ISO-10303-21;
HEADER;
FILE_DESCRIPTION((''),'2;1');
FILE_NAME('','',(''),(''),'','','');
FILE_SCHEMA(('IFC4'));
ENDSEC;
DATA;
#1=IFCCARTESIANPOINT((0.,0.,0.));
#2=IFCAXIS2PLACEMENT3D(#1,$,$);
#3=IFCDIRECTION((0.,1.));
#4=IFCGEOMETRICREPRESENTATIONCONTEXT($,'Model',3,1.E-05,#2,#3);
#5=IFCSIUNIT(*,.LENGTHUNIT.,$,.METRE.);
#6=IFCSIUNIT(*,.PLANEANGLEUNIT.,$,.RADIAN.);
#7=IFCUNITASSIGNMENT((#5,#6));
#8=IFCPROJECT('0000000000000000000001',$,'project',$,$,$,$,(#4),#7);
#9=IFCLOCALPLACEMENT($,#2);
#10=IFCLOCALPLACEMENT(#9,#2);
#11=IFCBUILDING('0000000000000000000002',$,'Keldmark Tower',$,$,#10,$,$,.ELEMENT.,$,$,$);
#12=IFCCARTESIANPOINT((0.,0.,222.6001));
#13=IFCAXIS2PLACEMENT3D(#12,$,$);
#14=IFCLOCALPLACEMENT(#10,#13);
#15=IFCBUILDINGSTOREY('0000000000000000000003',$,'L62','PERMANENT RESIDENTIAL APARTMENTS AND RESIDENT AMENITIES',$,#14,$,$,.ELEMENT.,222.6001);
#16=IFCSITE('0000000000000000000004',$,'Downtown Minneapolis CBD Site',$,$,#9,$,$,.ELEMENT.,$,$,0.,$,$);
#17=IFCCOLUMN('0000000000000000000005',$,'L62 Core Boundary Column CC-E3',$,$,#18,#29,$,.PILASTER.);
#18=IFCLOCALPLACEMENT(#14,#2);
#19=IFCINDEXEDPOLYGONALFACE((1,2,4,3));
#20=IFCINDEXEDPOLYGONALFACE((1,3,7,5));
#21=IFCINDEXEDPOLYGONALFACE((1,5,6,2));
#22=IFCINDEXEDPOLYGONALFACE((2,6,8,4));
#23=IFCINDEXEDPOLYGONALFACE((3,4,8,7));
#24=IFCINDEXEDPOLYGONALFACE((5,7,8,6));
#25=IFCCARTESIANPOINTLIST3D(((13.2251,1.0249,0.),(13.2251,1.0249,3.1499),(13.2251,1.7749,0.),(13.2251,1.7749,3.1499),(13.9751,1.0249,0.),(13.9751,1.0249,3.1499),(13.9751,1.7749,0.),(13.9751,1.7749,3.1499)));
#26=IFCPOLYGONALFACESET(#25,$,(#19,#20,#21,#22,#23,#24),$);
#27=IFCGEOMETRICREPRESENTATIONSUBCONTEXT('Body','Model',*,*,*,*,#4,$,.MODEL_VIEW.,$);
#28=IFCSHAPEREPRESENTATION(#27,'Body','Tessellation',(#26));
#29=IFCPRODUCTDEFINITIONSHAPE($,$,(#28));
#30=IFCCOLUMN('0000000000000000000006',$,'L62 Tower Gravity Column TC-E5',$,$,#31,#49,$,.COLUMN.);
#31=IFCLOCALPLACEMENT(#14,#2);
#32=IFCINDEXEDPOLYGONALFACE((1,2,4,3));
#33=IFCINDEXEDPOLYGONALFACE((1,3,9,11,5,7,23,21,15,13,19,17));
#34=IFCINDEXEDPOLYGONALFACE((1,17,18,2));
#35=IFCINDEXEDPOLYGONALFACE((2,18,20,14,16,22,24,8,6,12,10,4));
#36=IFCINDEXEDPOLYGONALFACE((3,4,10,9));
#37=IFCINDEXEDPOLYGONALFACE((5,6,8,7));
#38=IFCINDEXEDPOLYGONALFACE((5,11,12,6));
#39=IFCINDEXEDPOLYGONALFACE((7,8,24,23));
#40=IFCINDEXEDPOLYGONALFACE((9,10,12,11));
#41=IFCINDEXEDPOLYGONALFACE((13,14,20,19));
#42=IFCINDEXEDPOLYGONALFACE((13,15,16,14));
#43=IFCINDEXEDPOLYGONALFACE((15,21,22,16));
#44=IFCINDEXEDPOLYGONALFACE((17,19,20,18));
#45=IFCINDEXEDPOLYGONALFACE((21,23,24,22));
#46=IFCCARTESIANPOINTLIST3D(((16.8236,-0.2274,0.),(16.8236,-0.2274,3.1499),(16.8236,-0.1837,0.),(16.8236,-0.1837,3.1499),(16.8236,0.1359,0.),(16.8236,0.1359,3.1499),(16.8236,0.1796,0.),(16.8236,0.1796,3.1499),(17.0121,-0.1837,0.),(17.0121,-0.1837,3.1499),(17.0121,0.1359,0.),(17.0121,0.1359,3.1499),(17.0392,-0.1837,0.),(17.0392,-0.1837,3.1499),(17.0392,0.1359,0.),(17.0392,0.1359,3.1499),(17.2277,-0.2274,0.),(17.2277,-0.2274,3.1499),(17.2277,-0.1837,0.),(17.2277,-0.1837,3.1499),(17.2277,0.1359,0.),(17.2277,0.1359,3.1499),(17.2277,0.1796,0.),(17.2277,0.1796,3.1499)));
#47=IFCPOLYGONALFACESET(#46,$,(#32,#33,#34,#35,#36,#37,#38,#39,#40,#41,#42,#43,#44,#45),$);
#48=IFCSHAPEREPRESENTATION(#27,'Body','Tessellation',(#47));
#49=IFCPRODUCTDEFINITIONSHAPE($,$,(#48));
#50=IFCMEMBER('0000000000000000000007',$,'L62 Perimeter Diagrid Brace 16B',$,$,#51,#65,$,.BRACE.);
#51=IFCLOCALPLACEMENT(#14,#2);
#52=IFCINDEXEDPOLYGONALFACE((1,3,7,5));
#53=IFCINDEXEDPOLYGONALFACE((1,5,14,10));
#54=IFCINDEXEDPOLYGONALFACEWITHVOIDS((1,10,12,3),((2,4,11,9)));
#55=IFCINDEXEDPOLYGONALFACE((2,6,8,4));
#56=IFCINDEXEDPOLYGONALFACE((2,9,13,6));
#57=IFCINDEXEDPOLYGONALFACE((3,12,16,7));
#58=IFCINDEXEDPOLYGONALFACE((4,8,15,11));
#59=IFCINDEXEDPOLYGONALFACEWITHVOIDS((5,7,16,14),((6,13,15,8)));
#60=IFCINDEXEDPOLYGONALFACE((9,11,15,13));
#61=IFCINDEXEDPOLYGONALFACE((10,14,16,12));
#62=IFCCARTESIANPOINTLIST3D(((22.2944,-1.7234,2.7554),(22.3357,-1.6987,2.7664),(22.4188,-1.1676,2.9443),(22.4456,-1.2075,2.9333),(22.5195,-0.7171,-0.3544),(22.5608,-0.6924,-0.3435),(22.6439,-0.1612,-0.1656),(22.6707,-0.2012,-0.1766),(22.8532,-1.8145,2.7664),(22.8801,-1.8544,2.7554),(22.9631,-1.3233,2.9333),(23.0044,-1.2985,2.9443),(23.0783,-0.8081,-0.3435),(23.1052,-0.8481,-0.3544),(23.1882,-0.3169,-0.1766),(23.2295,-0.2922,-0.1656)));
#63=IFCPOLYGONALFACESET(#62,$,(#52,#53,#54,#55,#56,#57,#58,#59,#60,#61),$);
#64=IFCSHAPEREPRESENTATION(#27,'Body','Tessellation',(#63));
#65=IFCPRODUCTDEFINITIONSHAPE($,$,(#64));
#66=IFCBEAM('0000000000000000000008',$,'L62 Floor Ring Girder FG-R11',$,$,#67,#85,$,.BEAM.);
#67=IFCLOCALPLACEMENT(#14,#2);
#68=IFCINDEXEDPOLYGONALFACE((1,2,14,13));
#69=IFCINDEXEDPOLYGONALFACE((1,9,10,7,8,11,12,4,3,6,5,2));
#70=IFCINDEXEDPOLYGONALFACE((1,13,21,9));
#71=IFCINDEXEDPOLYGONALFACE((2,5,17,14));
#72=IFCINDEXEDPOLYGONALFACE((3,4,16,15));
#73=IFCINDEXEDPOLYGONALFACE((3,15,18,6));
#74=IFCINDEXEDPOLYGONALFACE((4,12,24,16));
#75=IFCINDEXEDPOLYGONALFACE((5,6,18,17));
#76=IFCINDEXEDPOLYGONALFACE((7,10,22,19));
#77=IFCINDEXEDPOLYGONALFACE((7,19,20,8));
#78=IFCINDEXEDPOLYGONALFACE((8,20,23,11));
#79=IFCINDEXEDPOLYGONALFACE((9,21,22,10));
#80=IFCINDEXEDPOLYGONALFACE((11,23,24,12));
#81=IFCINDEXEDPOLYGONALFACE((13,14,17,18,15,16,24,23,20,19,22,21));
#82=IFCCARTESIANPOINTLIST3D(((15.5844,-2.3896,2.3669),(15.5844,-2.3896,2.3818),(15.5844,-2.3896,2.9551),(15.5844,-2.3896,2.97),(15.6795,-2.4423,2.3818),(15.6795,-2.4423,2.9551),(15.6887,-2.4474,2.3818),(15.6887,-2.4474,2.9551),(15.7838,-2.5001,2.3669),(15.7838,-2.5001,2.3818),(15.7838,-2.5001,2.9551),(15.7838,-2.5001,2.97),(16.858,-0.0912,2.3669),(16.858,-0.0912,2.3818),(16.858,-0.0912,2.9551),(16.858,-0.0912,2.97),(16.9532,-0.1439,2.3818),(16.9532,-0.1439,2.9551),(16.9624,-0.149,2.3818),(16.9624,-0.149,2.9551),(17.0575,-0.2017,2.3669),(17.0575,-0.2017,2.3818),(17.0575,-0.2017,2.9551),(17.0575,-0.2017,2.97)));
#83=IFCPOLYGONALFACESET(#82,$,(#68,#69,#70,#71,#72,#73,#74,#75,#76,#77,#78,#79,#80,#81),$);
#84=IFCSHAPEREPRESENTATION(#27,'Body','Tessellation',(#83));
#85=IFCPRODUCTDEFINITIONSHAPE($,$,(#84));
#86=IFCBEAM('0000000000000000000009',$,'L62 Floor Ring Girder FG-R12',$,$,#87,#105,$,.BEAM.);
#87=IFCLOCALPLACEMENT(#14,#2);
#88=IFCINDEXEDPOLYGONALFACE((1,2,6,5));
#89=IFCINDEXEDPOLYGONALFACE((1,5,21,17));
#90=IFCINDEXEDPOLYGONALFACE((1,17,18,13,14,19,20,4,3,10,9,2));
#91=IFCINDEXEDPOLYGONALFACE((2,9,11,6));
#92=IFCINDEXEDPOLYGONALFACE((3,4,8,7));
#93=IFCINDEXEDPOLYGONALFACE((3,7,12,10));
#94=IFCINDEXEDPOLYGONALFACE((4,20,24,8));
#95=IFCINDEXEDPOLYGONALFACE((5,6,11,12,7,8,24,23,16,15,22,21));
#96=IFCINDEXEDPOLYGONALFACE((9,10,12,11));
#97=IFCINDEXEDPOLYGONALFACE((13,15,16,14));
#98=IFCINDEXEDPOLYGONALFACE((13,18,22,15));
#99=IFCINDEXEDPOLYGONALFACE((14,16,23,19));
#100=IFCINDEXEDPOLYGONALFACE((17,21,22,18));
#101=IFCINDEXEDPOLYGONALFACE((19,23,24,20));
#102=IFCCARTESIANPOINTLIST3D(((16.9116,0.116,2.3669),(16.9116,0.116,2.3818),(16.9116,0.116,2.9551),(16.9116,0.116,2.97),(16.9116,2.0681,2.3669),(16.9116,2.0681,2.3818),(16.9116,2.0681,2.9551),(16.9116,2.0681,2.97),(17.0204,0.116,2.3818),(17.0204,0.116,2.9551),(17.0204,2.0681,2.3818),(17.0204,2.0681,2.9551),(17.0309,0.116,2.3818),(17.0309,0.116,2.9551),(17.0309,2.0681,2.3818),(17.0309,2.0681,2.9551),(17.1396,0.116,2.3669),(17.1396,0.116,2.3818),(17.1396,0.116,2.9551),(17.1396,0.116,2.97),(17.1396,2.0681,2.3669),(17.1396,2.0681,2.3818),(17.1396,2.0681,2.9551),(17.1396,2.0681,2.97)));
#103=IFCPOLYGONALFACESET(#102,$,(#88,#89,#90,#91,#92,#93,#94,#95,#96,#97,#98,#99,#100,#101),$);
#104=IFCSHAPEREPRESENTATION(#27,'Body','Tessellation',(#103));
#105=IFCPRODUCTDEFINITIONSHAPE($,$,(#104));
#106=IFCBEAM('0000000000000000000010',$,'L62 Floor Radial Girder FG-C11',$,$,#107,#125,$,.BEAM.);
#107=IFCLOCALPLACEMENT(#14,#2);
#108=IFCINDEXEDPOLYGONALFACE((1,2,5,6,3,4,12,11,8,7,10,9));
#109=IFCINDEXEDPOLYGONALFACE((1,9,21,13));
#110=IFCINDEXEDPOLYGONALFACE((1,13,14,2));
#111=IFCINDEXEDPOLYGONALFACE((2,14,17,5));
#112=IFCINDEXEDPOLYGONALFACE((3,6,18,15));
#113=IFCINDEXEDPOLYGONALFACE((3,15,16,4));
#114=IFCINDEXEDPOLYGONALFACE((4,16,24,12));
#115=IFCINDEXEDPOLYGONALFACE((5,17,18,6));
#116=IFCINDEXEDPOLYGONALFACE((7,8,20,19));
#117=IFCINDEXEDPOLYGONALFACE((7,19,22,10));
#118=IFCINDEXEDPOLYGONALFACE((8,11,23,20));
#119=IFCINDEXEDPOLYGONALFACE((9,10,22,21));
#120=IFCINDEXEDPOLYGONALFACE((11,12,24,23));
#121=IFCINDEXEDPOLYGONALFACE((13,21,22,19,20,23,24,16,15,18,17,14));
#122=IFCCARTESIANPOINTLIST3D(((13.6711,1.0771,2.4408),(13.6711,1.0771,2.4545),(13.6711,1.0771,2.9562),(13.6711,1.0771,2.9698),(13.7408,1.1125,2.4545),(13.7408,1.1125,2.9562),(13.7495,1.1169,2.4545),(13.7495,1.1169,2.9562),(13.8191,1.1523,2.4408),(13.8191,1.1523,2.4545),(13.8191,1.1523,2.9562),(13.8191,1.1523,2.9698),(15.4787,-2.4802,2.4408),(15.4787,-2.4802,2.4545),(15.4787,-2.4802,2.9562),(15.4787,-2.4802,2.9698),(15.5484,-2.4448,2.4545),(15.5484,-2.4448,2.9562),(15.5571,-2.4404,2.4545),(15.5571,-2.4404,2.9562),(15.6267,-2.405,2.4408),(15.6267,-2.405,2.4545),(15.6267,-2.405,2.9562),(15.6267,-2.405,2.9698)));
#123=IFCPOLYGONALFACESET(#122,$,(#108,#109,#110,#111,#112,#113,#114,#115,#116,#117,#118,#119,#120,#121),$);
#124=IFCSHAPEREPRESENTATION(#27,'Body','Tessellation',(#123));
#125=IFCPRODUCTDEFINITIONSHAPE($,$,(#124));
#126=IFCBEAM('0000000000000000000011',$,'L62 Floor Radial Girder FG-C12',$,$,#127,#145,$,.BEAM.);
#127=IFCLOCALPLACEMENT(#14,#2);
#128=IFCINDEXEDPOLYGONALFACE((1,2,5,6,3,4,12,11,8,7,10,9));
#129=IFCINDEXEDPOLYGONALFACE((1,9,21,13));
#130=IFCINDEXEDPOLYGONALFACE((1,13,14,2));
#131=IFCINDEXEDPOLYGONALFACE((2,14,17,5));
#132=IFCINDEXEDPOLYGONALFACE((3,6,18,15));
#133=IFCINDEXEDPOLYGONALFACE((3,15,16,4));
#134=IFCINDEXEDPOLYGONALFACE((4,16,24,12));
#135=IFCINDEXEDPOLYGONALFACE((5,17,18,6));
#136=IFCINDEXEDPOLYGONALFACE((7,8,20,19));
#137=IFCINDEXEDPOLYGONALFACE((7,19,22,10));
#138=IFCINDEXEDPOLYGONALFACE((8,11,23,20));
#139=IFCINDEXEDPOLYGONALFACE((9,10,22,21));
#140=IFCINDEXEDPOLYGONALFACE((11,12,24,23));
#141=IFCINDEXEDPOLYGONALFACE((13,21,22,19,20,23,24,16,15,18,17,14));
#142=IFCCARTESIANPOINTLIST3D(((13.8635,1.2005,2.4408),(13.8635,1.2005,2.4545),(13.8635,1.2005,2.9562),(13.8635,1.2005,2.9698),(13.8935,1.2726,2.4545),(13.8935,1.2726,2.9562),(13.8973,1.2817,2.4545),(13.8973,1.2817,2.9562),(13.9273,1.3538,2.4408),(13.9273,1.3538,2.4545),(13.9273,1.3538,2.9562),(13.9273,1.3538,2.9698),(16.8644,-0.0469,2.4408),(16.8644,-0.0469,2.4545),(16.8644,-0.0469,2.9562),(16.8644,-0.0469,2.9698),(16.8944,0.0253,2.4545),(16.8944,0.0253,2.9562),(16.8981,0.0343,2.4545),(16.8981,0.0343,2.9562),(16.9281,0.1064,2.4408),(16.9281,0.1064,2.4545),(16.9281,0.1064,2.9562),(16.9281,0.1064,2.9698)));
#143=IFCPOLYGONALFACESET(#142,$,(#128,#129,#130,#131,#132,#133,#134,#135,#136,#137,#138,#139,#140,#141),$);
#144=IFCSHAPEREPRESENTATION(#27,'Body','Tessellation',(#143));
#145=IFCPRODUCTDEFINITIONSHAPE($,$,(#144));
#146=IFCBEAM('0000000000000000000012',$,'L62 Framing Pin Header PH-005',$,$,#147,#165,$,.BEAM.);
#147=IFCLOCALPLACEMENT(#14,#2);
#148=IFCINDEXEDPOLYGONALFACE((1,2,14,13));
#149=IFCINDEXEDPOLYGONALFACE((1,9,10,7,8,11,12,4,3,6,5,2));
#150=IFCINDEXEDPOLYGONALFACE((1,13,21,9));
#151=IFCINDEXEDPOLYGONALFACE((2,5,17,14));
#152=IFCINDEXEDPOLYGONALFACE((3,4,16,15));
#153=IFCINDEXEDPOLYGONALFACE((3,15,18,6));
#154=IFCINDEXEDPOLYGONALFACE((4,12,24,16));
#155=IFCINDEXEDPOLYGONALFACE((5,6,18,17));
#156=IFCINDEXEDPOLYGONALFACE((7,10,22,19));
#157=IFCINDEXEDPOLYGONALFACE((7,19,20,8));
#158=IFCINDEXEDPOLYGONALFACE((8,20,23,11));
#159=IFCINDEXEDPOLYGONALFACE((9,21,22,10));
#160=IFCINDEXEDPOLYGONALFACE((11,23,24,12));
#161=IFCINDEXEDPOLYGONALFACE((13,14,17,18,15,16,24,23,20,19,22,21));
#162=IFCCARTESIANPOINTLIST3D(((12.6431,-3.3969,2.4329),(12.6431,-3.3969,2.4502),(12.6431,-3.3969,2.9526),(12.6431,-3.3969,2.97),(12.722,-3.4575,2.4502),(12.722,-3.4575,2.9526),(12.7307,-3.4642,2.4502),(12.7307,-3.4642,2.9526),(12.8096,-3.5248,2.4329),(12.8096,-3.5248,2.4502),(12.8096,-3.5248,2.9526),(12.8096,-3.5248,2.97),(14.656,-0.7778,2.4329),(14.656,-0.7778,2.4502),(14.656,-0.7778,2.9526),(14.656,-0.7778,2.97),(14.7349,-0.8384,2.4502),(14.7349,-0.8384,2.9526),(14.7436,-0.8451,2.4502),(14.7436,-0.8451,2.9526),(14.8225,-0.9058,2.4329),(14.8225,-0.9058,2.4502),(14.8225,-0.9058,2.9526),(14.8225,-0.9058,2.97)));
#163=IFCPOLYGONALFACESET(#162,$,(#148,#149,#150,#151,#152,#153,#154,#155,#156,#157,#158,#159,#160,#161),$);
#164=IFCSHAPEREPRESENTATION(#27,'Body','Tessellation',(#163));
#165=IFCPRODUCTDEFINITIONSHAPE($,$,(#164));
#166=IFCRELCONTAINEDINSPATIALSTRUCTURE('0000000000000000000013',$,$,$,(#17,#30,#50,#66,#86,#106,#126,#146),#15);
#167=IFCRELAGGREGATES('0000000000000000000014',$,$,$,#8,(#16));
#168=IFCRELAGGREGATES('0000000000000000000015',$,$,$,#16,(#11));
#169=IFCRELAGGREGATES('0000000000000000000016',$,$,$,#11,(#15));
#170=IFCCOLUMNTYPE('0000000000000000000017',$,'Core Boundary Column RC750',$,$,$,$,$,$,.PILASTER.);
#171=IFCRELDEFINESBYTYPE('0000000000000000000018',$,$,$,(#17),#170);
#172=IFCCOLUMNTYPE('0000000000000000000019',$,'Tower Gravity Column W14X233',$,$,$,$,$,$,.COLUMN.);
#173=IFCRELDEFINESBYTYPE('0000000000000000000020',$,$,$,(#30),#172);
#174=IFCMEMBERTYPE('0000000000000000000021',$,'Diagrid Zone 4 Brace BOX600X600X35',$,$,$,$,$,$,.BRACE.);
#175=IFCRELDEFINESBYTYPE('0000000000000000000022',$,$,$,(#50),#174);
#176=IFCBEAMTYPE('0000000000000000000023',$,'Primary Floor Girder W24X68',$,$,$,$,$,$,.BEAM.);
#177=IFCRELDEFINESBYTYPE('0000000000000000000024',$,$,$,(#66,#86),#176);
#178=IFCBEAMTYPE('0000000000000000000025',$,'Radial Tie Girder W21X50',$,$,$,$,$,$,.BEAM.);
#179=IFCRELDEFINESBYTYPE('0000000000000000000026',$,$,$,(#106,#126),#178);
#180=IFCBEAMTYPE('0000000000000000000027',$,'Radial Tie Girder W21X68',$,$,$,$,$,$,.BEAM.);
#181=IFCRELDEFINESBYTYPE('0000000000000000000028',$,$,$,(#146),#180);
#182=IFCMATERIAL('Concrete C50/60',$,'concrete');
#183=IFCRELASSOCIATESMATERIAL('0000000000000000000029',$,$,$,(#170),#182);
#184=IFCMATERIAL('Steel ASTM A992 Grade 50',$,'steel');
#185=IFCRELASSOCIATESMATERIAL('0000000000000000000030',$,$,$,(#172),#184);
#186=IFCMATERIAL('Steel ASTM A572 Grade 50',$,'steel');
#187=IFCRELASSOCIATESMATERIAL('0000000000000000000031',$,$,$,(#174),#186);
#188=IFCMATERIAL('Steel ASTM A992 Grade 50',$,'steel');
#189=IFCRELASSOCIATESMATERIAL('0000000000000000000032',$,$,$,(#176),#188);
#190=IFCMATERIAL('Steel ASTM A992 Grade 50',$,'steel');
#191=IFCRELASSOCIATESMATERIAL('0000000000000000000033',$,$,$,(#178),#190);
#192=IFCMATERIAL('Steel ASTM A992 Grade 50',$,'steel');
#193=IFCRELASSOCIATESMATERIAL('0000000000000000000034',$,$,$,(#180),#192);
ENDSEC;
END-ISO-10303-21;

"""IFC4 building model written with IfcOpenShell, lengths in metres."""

from ifc_helpers import new_model, si_unit, direction, frame, origin, origin_2d, place, context, subcontext, project, spatial, rectangle, hollow_rectangle, i_section, extrude, material, material_profile, profile_set, type_object, element, save


model = new_model("IFC4")

# Units and contexts
model_context = context("Model", 3, precision=1e-05, world=origin(), true_north=direction((0.0, 1.0)))
body_context = subcontext(model_context, "Body", "Model", "MODEL_VIEW")
ifc_project = project(units=[si_unit("LENGTHUNIT", "METRE"), si_unit("PLANEANGLEUNIT", "RADIAN")], contexts=[model_context])

# Site, building, storey
site_placement = place(None, origin())
site = spatial("IfcSite", under=ifc_project, at=site_placement, Name="Downtown Minneapolis CBD Site", CompositionType="ELEMENT", RefElevation=0.0)
building_placement = place(site_placement, origin())
building = spatial("IfcBuilding", under=site, at=building_placement, Name="Keldmark Tower", CompositionType="ELEMENT")
storey_placement = place(building_placement, frame((0.0, 0.0, 222.6001)))
storey = spatial("IfcBuildingStorey", under=building, at=storey_placement, Name="L62", Description="PERMANENT RESIDENTIAL APARTMENTS AND RESIDENT AMENITIES", CompositionType="ELEMENT", Elevation=222.6001)

# Columns
ifc_material_1 = material(Name="Concrete C50/60", Category="concrete")
ifc_material_profile_1 = material_profile(ifc_material_1, rectangle(XDim=0.75, YDim=0.75, at=origin_2d()), Name="RC750X750")
ifc_profile_set_1 = profile_set([ifc_material_profile_1], Name="Concrete C50/60")
column_type_1 = type_object("IfcColumnType", Name="Core Boundary Column RC750", PredefinedType="PILASTER", material=ifc_profile_set_1)
column_1_placement = place(storey_placement, frame((13.6001, 1.3999, 0.0), z_axis=(0.0, 0.0, 1.0), x_axis=(1.0, 0.0, 0.0)))
element("IfcColumn", 1, at=column_1_placement, inside=storey, type_object=column_type_1, Name="L62 Core Boundary Column CC-E3", PredefinedType="PILASTER", context=body_context, shape_type="SweptSolid", body=[
    extrude(rectangle(XDim=0.75, YDim=0.75, at=origin_2d()), origin(), (0.0, 0.0, 1.0), 3.1499),
])
ifc_material_2 = material(Name="Steel ASTM A992 Grade 50", Category="steel")
ifc_material_profile_2 = material_profile(ifc_material_2, i_section(OverallWidth=0.4041, OverallDepth=0.407, WebThickness=0.0271, FlangeThickness=0.0437, at=origin_2d()), Name="W14X233")
ifc_profile_set_2 = profile_set([ifc_material_profile_2], Name="Steel ASTM A992 Grade 50")
column_type_2 = type_object("IfcColumnType", Name="Tower Gravity Column W14X233", PredefinedType="COLUMN", material=ifc_profile_set_2)
column_2_placement = place(storey_placement, frame((17.0256, -0.0239, 0.0), z_axis=(0.0, 0.0, 1.0), x_axis=(1.0, 0.0, 0.0)))
element("IfcColumn", 2, at=column_2_placement, inside=storey, type_object=column_type_2, Name="L62 Tower Gravity Column TC-E5", PredefinedType="COLUMN", context=body_context, shape_type="SweptSolid", body=[
    extrude(i_section(OverallWidth=0.4041, OverallDepth=0.407, WebThickness=0.0271, FlangeThickness=0.0437, at=origin_2d()), origin(), (0.0, 0.0, 1.0), 3.1499),
])

# Member
ifc_material_3 = material(Name="Steel ASTM A572 Grade 50", Category="steel")
ifc_material_profile_3 = material_profile(ifc_material_3, hollow_rectangle(XDim=0.6001, YDim=0.6001, WallThickness=0.0349, at=origin_2d()), Name="BOX600X600X35")
ifc_profile_set_3 = profile_set([ifc_material_profile_3], Name="Steel ASTM A572 Grade 50")
member_type = type_object("IfcMemberType", Name="Diagrid Zone 4 Brace BOX600X600X35", PredefinedType="BRACE", material=ifc_profile_set_3)
member_placement = place(storey_placement, frame((22.8745, -0.5046, -0.26), z_axis=(-0.068703, -0.307152, 0.949177), x_axis=(0.975885, -0.218284, 0.0)))
element("IfcMember", 3, at=member_placement, inside=storey, type_object=member_type, Name="L62 Perimeter Diagrid Brace 16B", PredefinedType="BRACE", context=body_context, shape_type="SweptSolid", body=[
    extrude(hollow_rectangle(XDim=0.6001, YDim=0.6001, WallThickness=0.0349, at=origin_2d()), origin(), (0.0, 0.0, 1.0), 3.2764),
])

# Beams
ifc_material_4 = material(Name="Steel ASTM A992 Grade 50", Category="steel")
ifc_material_profile_4 = material_profile(ifc_material_4, i_section(OverallWidth=0.228, OverallDepth=0.603, WebThickness=0.0105, FlangeThickness=0.0149, at=origin_2d()), Name="W24X68")
ifc_profile_set_4 = profile_set([ifc_material_profile_4], Name="Steel ASTM A992 Grade 50")
beam_type_1 = type_object("IfcBeamType", Name="Primary Floor Girder W24X68", PredefinedType="BEAM", material=ifc_profile_set_4)
beam_1_placement = place(storey_placement, frame((15.6841, -2.4448, 2.6685), z_axis=(0.48472, 0.87467, 0.0), x_axis=(-0.87467, 0.48472, 0.0)))
element("IfcBeam", 4, at=beam_1_placement, inside=storey, type_object=beam_type_1, Name="L62 Floor Ring Girder FG-R11", PredefinedType="BEAM", context=body_context, shape_type="SweptSolid", body=[
    extrude(i_section(OverallWidth=0.228, OverallDepth=0.603, WebThickness=0.0105, FlangeThickness=0.0149, at=origin_2d()), origin(), (0.0, 0.0, 1.0), 2.6277),
])
beam_2_placement = place(storey_placement, frame((17.0256, 0.116, 2.6685), z_axis=(0.0, 1.0, 0.0), x_axis=(-1.0, 0.0, 0.0)))
element("IfcBeam", 5, at=beam_2_placement, inside=storey, type_object=beam_type_1, Name="L62 Floor Ring Girder FG-R12", PredefinedType="BEAM", context=body_context, shape_type="SweptSolid", body=[
    extrude(i_section(OverallWidth=0.228, OverallDepth=0.603, WebThickness=0.0105, FlangeThickness=0.0149, at=origin_2d()), origin(), (0.0, 0.0, 1.0), 1.9521),
])
ifc_material_5 = material(Name="Steel ASTM A992 Grade 50", Category="steel")
ifc_material_profile_5 = material_profile(ifc_material_5, i_section(OverallWidth=0.166, OverallDepth=0.5291, WebThickness=0.0098, FlangeThickness=0.0137, at=origin_2d()), Name="W21X50")
ifc_profile_set_5 = profile_set([ifc_material_profile_5], Name="Steel ASTM A992 Grade 50")
beam_type_2 = type_object("IfcBeamType", Name="Radial Tie Girder W21X50", PredefinedType="BEAM", material=ifc_profile_set_5)
beam_3_placement = place(storey_placement, frame((15.5527, -2.4426, 2.7053), z_axis=(-0.453004, 0.891508, 0.0), x_axis=(-0.891508, -0.453004, 0.0)))
element("IfcBeam", 6, at=beam_3_placement, inside=storey, type_object=beam_type_2, Name="L62 Floor Radial Girder FG-C11", PredefinedType="BEAM", context=body_context, shape_type="SweptSolid", body=[
    extrude(i_section(OverallWidth=0.166, OverallDepth=0.5291, WebThickness=0.0098, FlangeThickness=0.0137, at=origin_2d()), origin(), (0.0, 0.0, 1.0), 3.9902),
])
beam_4_placement = place(storey_placement, frame((16.8962, 0.0298, 2.7053), z_axis=(-0.923403, 0.383831, 0.0), x_axis=(-0.383831, -0.923403, 0.0)))
element("IfcBeam", 7, at=beam_4_placement, inside=storey, type_object=beam_type_2, Name="L62 Floor Radial Girder FG-C12", PredefinedType="BEAM", context=body_context, shape_type="SweptSolid", body=[
    extrude(i_section(OverallWidth=0.166, OverallDepth=0.5291, WebThickness=0.0098, FlangeThickness=0.0137, at=origin_2d()), origin(), (0.0, 0.0, 1.0), 3.2498),
])
ifc_material_6 = material(Name="Steel ASTM A992 Grade 50", Category="steel")
ifc_material_profile_6 = material_profile(ifc_material_6, i_section(OverallWidth=0.21, OverallDepth=0.5371, WebThickness=0.011, FlangeThickness=0.0173, at=origin_2d()), Name="W21X68")
ifc_profile_set_6 = profile_set([ifc_material_profile_6], Name="Steel ASTM A992 Grade 50")
beam_type_3 = type_object("IfcBeamType", Name="Radial Tie Girder W21X68", PredefinedType="BEAM", material=ifc_profile_set_6)
beam_5_placement = place(storey_placement, frame((14.7393, -0.8418, 2.7014), z_axis=(-0.609371, -0.792885, 0.0), x_axis=(0.792885, -0.609371, 0.0)))
element("IfcBeam", 8, at=beam_5_placement, inside=storey, type_object=beam_type_3, Name="L62 Framing Pin Header PH-005", PredefinedType="BEAM", context=body_context, shape_type="SweptSolid", body=[
    extrude(i_section(OverallWidth=0.21, OverallDepth=0.5371, WebThickness=0.011, FlangeThickness=0.0173, at=origin_2d()), origin(), (0.0, 0.0, 1.0), 3.3032),
])

save(model, "model.ifc")
